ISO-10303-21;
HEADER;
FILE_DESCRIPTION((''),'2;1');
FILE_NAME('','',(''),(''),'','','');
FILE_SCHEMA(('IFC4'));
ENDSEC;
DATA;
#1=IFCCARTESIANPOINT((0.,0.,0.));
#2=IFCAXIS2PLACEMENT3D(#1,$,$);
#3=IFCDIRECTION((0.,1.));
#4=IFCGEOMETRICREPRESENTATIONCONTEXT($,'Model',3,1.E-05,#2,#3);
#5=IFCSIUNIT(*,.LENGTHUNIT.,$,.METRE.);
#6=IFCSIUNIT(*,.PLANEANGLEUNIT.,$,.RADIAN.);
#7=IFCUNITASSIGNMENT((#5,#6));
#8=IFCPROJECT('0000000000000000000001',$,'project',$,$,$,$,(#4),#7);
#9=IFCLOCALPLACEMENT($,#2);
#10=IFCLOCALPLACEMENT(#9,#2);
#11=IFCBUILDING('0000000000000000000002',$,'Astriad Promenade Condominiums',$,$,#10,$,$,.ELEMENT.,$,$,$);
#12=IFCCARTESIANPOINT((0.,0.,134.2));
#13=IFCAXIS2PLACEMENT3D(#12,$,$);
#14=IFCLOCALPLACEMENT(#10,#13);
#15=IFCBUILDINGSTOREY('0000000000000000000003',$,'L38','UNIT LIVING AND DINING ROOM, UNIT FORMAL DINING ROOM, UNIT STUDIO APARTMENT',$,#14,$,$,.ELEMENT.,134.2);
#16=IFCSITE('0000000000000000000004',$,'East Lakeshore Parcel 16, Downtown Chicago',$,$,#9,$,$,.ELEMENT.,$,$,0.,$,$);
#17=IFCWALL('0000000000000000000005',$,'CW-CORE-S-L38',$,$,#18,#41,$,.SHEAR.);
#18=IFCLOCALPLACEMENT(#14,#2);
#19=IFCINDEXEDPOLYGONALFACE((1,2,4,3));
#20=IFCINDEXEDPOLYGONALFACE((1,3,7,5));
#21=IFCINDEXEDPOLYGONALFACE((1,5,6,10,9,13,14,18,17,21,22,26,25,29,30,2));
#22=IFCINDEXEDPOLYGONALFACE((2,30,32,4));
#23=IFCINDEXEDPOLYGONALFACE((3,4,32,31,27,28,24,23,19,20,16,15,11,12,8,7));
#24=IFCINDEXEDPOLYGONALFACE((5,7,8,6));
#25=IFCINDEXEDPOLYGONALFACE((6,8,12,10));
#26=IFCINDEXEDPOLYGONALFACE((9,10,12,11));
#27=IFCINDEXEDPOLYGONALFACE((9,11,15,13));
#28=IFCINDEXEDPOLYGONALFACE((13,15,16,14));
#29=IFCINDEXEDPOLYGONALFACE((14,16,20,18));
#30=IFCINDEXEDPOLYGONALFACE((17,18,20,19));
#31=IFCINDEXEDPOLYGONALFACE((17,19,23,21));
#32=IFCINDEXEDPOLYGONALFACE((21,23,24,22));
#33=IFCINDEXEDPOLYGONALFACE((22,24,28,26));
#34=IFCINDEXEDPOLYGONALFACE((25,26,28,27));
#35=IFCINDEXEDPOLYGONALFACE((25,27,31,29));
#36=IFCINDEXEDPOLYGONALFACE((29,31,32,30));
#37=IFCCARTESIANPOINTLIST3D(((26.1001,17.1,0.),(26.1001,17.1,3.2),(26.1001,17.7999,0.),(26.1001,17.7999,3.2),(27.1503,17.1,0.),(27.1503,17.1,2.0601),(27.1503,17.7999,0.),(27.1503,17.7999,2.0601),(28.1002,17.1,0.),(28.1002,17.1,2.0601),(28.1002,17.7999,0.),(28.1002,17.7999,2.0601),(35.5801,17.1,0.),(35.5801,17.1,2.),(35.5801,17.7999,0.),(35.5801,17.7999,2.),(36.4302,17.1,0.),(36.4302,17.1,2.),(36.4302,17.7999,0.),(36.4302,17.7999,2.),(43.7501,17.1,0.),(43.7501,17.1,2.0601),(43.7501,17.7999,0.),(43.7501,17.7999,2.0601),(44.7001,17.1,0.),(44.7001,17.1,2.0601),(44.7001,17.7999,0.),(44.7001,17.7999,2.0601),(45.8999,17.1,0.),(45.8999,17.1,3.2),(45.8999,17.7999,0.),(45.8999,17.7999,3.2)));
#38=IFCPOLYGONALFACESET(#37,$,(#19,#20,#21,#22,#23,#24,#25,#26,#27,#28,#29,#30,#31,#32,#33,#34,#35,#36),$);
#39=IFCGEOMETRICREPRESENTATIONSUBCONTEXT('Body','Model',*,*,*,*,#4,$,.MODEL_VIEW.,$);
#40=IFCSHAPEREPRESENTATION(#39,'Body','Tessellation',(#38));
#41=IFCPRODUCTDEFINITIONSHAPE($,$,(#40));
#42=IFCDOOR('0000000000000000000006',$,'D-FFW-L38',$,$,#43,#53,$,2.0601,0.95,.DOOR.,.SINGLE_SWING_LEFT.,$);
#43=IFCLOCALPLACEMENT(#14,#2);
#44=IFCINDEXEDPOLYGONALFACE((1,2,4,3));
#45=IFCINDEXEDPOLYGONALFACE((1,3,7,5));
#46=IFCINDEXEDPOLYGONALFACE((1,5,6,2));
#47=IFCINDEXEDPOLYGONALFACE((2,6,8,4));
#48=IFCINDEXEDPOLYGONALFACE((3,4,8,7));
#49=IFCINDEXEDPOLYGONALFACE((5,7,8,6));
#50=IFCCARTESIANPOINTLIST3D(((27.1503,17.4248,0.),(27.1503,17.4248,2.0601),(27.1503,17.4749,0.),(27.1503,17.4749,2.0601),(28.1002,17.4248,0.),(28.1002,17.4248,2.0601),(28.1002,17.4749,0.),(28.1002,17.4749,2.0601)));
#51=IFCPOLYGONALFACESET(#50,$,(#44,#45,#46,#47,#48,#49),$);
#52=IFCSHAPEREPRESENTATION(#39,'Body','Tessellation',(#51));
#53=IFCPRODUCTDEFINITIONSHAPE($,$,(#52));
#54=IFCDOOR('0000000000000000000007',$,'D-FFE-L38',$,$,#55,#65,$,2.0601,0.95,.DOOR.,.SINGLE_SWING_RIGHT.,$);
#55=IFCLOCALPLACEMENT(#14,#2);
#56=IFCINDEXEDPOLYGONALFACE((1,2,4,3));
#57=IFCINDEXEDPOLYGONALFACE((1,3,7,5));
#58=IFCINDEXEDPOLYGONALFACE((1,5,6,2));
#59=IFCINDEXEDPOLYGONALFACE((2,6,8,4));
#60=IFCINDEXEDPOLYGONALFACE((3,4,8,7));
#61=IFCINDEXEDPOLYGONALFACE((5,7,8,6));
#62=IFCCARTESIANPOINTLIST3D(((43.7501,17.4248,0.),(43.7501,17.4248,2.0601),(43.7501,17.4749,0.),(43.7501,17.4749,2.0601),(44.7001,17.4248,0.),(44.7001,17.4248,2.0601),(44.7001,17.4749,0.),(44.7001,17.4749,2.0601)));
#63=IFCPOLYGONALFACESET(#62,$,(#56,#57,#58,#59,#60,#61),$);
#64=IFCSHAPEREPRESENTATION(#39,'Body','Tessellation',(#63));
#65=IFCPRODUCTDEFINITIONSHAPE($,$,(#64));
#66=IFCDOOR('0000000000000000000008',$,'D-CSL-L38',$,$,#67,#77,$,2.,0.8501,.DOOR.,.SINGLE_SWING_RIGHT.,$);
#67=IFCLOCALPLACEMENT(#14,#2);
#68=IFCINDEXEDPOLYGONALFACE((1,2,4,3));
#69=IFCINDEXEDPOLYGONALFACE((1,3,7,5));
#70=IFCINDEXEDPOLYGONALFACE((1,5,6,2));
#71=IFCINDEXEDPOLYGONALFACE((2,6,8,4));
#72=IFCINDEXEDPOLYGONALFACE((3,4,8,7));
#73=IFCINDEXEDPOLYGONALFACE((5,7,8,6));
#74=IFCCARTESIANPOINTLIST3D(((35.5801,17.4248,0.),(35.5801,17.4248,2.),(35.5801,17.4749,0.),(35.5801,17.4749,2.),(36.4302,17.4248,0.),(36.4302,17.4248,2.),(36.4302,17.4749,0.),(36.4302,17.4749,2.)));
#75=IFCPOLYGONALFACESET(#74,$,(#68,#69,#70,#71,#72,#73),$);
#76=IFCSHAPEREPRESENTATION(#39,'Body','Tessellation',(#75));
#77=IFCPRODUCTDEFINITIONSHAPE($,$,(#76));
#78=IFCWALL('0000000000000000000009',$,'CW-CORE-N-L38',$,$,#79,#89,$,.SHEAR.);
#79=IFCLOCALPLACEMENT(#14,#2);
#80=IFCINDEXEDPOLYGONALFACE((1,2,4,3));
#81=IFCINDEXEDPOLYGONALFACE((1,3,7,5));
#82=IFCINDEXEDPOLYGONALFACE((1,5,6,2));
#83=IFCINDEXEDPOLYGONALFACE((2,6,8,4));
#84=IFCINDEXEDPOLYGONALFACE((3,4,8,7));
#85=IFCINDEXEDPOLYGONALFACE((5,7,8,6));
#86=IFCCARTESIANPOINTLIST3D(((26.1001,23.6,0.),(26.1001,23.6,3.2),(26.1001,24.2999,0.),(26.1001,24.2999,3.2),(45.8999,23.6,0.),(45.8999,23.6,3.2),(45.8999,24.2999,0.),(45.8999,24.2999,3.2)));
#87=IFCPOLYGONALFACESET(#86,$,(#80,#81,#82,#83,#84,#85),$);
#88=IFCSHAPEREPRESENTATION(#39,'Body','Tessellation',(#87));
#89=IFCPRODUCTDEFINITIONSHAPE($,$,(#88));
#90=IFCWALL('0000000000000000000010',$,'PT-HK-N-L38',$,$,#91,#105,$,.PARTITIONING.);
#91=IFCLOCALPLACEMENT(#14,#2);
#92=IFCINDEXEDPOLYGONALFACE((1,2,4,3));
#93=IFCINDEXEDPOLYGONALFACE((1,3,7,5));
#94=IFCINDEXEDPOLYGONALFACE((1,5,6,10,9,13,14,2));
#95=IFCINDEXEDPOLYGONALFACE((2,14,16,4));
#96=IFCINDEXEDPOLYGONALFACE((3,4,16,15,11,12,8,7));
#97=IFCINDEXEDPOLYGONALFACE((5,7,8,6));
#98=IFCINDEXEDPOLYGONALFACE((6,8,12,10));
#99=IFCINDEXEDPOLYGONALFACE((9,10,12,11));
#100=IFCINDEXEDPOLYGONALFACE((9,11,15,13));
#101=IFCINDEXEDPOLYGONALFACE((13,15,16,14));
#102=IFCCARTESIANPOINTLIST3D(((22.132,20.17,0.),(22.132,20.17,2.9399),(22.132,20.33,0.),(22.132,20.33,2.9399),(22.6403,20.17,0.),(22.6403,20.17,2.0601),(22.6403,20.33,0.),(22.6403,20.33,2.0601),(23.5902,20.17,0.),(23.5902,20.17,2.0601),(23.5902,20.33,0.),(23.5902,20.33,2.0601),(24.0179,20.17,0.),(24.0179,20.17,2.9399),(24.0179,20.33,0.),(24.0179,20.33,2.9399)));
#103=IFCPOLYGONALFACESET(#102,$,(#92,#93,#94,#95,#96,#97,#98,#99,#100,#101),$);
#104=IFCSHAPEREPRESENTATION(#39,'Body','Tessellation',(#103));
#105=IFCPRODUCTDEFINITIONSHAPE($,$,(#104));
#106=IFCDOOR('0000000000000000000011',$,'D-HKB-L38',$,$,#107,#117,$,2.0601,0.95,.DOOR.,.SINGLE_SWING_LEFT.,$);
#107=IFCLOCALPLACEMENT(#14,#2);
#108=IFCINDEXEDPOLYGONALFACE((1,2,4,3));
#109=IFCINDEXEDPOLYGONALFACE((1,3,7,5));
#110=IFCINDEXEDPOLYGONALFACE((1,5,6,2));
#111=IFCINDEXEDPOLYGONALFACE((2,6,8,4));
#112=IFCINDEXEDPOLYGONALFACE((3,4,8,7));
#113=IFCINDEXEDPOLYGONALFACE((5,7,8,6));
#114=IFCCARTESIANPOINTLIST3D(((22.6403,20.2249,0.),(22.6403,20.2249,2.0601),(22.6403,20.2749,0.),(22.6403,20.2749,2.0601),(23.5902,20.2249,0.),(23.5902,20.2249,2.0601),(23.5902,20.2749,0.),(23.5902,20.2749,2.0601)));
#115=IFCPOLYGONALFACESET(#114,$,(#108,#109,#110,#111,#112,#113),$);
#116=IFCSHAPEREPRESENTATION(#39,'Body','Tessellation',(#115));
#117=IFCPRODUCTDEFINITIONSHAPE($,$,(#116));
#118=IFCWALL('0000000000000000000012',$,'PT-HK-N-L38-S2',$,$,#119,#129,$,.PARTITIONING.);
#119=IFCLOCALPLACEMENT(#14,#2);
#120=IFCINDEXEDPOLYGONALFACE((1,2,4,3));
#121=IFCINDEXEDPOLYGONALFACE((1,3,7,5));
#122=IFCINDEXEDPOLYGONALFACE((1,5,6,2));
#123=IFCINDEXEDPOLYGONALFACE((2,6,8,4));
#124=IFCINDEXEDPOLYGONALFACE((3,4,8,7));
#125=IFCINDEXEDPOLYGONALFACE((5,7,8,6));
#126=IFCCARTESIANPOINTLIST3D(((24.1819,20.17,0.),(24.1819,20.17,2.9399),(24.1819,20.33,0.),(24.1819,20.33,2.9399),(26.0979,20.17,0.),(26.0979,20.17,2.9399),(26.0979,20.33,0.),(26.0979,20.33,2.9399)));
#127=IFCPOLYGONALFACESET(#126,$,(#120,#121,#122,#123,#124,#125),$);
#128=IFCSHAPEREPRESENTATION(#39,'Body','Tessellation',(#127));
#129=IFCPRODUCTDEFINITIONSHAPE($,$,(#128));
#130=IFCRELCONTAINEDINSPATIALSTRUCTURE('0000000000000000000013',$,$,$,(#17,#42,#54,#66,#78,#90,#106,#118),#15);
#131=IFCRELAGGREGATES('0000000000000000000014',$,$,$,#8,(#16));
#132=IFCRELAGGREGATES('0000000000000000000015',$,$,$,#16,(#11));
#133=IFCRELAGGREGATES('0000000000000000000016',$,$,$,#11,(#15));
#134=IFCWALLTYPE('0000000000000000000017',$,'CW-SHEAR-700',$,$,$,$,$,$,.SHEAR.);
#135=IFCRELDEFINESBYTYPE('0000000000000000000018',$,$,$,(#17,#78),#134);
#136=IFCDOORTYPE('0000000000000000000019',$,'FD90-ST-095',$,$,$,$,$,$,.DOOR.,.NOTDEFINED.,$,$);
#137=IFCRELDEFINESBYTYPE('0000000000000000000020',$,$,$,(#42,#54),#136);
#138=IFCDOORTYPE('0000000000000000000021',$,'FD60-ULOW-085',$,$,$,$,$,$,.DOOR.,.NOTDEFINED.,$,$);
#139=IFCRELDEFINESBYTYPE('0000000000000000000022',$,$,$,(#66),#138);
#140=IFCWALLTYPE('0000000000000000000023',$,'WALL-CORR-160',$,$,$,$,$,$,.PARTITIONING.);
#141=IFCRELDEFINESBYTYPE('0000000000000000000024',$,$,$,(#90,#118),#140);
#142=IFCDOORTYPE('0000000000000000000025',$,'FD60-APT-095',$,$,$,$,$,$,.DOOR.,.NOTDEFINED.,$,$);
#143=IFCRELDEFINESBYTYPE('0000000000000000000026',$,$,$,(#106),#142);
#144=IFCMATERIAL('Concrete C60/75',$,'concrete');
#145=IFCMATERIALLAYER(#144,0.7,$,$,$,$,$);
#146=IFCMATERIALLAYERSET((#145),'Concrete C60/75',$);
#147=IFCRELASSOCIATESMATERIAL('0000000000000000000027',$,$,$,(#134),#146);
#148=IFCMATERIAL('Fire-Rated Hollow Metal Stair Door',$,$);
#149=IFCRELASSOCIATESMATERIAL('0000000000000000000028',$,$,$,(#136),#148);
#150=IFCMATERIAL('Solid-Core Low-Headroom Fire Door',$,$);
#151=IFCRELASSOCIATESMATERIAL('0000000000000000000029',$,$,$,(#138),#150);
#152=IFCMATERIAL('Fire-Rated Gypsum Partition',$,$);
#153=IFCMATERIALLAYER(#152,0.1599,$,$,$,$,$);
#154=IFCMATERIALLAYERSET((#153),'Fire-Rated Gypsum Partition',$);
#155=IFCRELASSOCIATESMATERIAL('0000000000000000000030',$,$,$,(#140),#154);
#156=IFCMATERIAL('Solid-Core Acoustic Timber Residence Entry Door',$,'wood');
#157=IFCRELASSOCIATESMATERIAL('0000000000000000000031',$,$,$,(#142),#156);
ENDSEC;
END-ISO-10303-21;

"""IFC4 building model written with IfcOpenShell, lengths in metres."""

from ifc_helpers import new_model, si_unit, direction, frame, frame_2d, origin, place, context, subcontext, project, spatial, rectangle, extrude, source, transform, mapped, material, layer, layer_set, type_object, type_shapes, element, fill, save


model = new_model("IFC4")

# Units and contexts
model_context = context("Model", 3, precision=1e-05, world=origin(), true_north=direction((0.0, 1.0)))
body_context = subcontext(model_context, "Body", "Model", "MODEL_VIEW")
ifc_project = project(units=[si_unit("LENGTHUNIT", "METRE"), si_unit("PLANEANGLEUNIT", "RADIAN")], contexts=[model_context])

# Site, building, storey
site_placement = place(None, origin())
site = spatial("IfcSite", under=ifc_project, at=site_placement, Name="East Lakeshore Parcel 16, Downtown Chicago", CompositionType="ELEMENT", RefElevation=0.0)
building_placement = place(site_placement, origin())
building = spatial("IfcBuilding", under=site, at=building_placement, Name="Astriad Promenade Condominiums", CompositionType="ELEMENT")
storey_placement = place(building_placement, frame((0.0, 0.0, 134.2)))
storey = spatial("IfcBuildingStorey", under=building, at=storey_placement, Name="L38", Description="UNIT LIVING AND DINING ROOM, UNIT FORMAL DINING ROOM, UNIT STUDIO APARTMENT", CompositionType="ELEMENT", Elevation=134.2)

# Shared definitions
ifc_material_1 = material(Name="Concrete C60/75", Category="concrete")

# Wall, openings, doors
ifc_layer_1 = layer(ifc_material_1, 0.7)
ifc_layer_set_1 = layer_set([ifc_layer_1], Name="Concrete C60/75")
wall_type_1 = type_object("IfcWallType", Name="CW-SHEAR-700", PredefinedType="SHEAR", material=ifc_layer_set_1)
wall_1_placement = place(storey_placement, frame((26.1001, 17.45, 0.0), z_axis=(0.0, 0.0, 1.0), x_axis=(1.0, 0.0, 0.0)))
wall_1 = element("IfcWall", 1, at=wall_1_placement, inside=storey, type_object=wall_type_1, Name="CW-CORE-S-L38", PredefinedType="SHEAR", context=body_context, shape_type="SweptSolid", body=[
    extrude(rectangle(XDim=19.7998, YDim=0.7, at=frame_2d((9.8999, 0.0))), origin(), (0.0, 0.0, 1.0), 3.2),
])
opening_1_placement = place(wall_1_placement, frame((1.05, 0.0, 0.0)))
opening_1 = element("IfcOpeningElement", 2, at=opening_1_placement, cuts=wall_1, PredefinedType="OPENING", context=body_context, shape_type="SweptSolid", body=[
    extrude(rectangle(XDim=0.95, YDim=2.0601, at=frame_2d((0.4751, 1.03))), frame((0.0, 0.3599, 0.0), z_axis=(0.0, -1.0, 0.0), x_axis=(1.0, 0.0, 0.0)), (0.0, 0.0, 1.0), 0.72),
])
opening_2_placement = place(wall_1_placement, frame((9.48, 0.0, 0.0)))
opening_2 = element("IfcOpeningElement", 3, at=opening_2_placement, cuts=wall_1, PredefinedType="OPENING", context=body_context, shape_type="SweptSolid", body=[
    extrude(rectangle(XDim=0.8501, YDim=2.0, at=frame_2d((0.425, 1.0))), frame((0.0, 0.3599, 0.0), z_axis=(0.0, -1.0, 0.0), x_axis=(1.0, 0.0, 0.0)), (0.0, 0.0, 1.0), 0.72),
])
opening_3_placement = place(wall_1_placement, frame((17.6499, 0.0, 0.0)))
opening_3 = element("IfcOpeningElement", 4, at=opening_3_placement, cuts=wall_1, PredefinedType="OPENING", context=body_context, shape_type="SweptSolid", body=[
    extrude(rectangle(XDim=0.95, YDim=2.0601, at=frame_2d((0.4751, 1.03))), frame((0.0, 0.3599, 0.0), z_axis=(0.0, -1.0, 0.0), x_axis=(1.0, 0.0, 0.0)), (0.0, 0.0, 1.0), 0.72),
])
ifc_material_2 = material(Name="Fire-Rated Hollow Metal Stair Door")
door_type_1 = type_object("IfcDoorType", Name="FD90-ST-095", OperationType="NOTDEFINED", PredefinedType="DOOR", material=ifc_material_2)
shared_shape_1 = source(origin(), body_context, "Body", "SweptSolid", [
    extrude(rectangle(XDim=0.95, YDim=2.0601, at=frame_2d((0.4751, 1.03))), frame((0.0, 0.0249, 0.0), z_axis=(0.0, -1.0, 0.0), x_axis=(1.0, 0.0, 0.0)), (0.0, 0.0, 1.0), 0.05),
])
type_shapes(door_type_1, [shared_shape_1])
door_1_placement = place(opening_1_placement, origin())
door_1 = element("IfcDoor", 5, at=door_1_placement, inside=storey, type_object=door_type_1, Name="D-FFW-L38", OperationType="SINGLE_SWING_LEFT", OverallHeight=2.0601, OverallWidth=0.95, PredefinedType="DOOR", context=body_context, shape_type="MappedRepresentation", body=[
    mapped(shared_shape_1, transform((0.0, 0.0, 0.0), scale=1.0)),
])
fill(opening_1, door_1)
door_2_placement = place(opening_3_placement, origin())
door_2 = element("IfcDoor", 6, at=door_2_placement, inside=storey, type_object=door_type_1, Name="D-FFE-L38", OperationType="SINGLE_SWING_RIGHT", OverallHeight=2.0601, OverallWidth=0.95, PredefinedType="DOOR", context=body_context, shape_type="MappedRepresentation", body=[
    mapped(shared_shape_1, transform((0.0, 0.0, 0.0), scale=1.0)),
])
fill(opening_3, door_2)
ifc_material_3 = material(Name="Solid-Core Low-Headroom Fire Door")
door_type_2 = type_object("IfcDoorType", Name="FD60-ULOW-085", OperationType="NOTDEFINED", PredefinedType="DOOR", material=ifc_material_3)
shared_shape_2 = source(origin(), body_context, "Body", "SweptSolid", [
    extrude(rectangle(XDim=0.8501, YDim=2.0, at=frame_2d((0.425, 1.0))), frame((0.0, 0.0249, 0.0), z_axis=(0.0, -1.0, 0.0), x_axis=(1.0, 0.0, 0.0)), (0.0, 0.0, 1.0), 0.05),
])
type_shapes(door_type_2, [shared_shape_2])
door_3_placement = place(opening_2_placement, origin())
door_3 = element("IfcDoor", 7, at=door_3_placement, inside=storey, type_object=door_type_2, Name="D-CSL-L38", OperationType="SINGLE_SWING_RIGHT", OverallHeight=2.0, OverallWidth=0.8501, PredefinedType="DOOR", context=body_context, shape_type="MappedRepresentation", body=[
    mapped(shared_shape_2, transform((0.0, 0.0, 0.0), scale=1.0)),
])
fill(opening_2, door_3)

# Wall
wall_2_placement = place(storey_placement, frame((26.1001, 23.95, 0.0), z_axis=(0.0, 0.0, 1.0), x_axis=(1.0, 0.0, 0.0)))
element("IfcWall", 8, at=wall_2_placement, inside=storey, type_object=wall_type_1, Name="CW-CORE-N-L38", PredefinedType="SHEAR", context=body_context, shape_type="SweptSolid", body=[
    extrude(rectangle(XDim=19.7998, YDim=0.7, at=frame_2d((9.8999, 0.0))), origin(), (0.0, 0.0, 1.0), 3.2),
])

# Wall, opening, door
ifc_material_4 = material(Name="Fire-Rated Gypsum Partition")
ifc_layer_2 = layer(ifc_material_4, 0.1599)
ifc_layer_set_2 = layer_set([ifc_layer_2], Name="Fire-Rated Gypsum Partition")
wall_type_2 = type_object("IfcWallType", Name="WALL-CORR-160", PredefinedType="PARTITIONING", material=ifc_layer_set_2)
wall_3_placement = place(storey_placement, frame((22.1321, 20.25, 0.0), z_axis=(0.0, 0.0, 1.0), x_axis=(1.0, 0.0, 0.0)))
wall_3 = element("IfcWall", 9, at=wall_3_placement, inside=storey, type_object=wall_type_2, Name="PT-HK-N-L38", PredefinedType="PARTITIONING", context=body_context, shape_type="SweptSolid", body=[
    extrude(rectangle(XDim=1.886, YDim=0.1599, at=frame_2d((0.9429, 0.0))), origin(), (0.0, 0.0, 1.0), 2.9399),
])
opening_4_placement = place(wall_3_placement, frame((0.5081, 0.0, 0.0)))
opening_4 = element("IfcOpeningElement", 10, at=opening_4_placement, cuts=wall_3, PredefinedType="OPENING", context=body_context, shape_type="SweptSolid", body=[
    extrude(rectangle(XDim=0.95, YDim=2.0601, at=frame_2d((0.4751, 1.03))), frame((0.0, 0.0898, 0.0), z_axis=(0.0, -1.0, 0.0), x_axis=(1.0, 0.0, 0.0)), (0.0, 0.0, 1.0), 0.1799),
])
ifc_material_5 = material(Name="Solid-Core Acoustic Timber Residence Entry Door", Category="wood")
door_type_3 = type_object("IfcDoorType", Name="FD60-APT-095", OperationType="NOTDEFINED", PredefinedType="DOOR", material=ifc_material_5)
shared_shape_3 = source(origin(), body_context, "Body", "SweptSolid", [
    extrude(rectangle(XDim=0.95, YDim=2.0601, at=frame_2d((0.4751, 1.03))), frame((0.0, 0.0249, 0.0), z_axis=(0.0, -1.0, 0.0), x_axis=(1.0, 0.0, 0.0)), (0.0, 0.0, 1.0), 0.05),
])
type_shapes(door_type_3, [shared_shape_3])
door_4_placement = place(opening_4_placement, origin())
door_4 = element("IfcDoor", 11, at=door_4_placement, inside=storey, type_object=door_type_3, Name="D-HKB-L38", OperationType="SINGLE_SWING_LEFT", OverallHeight=2.0601, OverallWidth=0.95, PredefinedType="DOOR", context=body_context, shape_type="MappedRepresentation", body=[
    mapped(shared_shape_3, transform((0.0, 0.0, 0.0), scale=1.0)),
])
fill(opening_4, door_4)

# Wall
wall_4_placement = place(storey_placement, frame((24.1819, 20.25, 0.0), z_axis=(0.0, 0.0, 1.0), x_axis=(1.0, 0.0, 0.0)))
element("IfcWall", 12, at=wall_4_placement, inside=storey, type_object=wall_type_2, Name="PT-HK-N-L38-S2", PredefinedType="PARTITIONING", context=body_context, shape_type="SweptSolid", body=[
    extrude(rectangle(XDim=1.916, YDim=0.1599, at=frame_2d((0.958, 0.0))), origin(), (0.0, 0.0, 1.0), 2.9399),
])

save(model, "model.ifc")
